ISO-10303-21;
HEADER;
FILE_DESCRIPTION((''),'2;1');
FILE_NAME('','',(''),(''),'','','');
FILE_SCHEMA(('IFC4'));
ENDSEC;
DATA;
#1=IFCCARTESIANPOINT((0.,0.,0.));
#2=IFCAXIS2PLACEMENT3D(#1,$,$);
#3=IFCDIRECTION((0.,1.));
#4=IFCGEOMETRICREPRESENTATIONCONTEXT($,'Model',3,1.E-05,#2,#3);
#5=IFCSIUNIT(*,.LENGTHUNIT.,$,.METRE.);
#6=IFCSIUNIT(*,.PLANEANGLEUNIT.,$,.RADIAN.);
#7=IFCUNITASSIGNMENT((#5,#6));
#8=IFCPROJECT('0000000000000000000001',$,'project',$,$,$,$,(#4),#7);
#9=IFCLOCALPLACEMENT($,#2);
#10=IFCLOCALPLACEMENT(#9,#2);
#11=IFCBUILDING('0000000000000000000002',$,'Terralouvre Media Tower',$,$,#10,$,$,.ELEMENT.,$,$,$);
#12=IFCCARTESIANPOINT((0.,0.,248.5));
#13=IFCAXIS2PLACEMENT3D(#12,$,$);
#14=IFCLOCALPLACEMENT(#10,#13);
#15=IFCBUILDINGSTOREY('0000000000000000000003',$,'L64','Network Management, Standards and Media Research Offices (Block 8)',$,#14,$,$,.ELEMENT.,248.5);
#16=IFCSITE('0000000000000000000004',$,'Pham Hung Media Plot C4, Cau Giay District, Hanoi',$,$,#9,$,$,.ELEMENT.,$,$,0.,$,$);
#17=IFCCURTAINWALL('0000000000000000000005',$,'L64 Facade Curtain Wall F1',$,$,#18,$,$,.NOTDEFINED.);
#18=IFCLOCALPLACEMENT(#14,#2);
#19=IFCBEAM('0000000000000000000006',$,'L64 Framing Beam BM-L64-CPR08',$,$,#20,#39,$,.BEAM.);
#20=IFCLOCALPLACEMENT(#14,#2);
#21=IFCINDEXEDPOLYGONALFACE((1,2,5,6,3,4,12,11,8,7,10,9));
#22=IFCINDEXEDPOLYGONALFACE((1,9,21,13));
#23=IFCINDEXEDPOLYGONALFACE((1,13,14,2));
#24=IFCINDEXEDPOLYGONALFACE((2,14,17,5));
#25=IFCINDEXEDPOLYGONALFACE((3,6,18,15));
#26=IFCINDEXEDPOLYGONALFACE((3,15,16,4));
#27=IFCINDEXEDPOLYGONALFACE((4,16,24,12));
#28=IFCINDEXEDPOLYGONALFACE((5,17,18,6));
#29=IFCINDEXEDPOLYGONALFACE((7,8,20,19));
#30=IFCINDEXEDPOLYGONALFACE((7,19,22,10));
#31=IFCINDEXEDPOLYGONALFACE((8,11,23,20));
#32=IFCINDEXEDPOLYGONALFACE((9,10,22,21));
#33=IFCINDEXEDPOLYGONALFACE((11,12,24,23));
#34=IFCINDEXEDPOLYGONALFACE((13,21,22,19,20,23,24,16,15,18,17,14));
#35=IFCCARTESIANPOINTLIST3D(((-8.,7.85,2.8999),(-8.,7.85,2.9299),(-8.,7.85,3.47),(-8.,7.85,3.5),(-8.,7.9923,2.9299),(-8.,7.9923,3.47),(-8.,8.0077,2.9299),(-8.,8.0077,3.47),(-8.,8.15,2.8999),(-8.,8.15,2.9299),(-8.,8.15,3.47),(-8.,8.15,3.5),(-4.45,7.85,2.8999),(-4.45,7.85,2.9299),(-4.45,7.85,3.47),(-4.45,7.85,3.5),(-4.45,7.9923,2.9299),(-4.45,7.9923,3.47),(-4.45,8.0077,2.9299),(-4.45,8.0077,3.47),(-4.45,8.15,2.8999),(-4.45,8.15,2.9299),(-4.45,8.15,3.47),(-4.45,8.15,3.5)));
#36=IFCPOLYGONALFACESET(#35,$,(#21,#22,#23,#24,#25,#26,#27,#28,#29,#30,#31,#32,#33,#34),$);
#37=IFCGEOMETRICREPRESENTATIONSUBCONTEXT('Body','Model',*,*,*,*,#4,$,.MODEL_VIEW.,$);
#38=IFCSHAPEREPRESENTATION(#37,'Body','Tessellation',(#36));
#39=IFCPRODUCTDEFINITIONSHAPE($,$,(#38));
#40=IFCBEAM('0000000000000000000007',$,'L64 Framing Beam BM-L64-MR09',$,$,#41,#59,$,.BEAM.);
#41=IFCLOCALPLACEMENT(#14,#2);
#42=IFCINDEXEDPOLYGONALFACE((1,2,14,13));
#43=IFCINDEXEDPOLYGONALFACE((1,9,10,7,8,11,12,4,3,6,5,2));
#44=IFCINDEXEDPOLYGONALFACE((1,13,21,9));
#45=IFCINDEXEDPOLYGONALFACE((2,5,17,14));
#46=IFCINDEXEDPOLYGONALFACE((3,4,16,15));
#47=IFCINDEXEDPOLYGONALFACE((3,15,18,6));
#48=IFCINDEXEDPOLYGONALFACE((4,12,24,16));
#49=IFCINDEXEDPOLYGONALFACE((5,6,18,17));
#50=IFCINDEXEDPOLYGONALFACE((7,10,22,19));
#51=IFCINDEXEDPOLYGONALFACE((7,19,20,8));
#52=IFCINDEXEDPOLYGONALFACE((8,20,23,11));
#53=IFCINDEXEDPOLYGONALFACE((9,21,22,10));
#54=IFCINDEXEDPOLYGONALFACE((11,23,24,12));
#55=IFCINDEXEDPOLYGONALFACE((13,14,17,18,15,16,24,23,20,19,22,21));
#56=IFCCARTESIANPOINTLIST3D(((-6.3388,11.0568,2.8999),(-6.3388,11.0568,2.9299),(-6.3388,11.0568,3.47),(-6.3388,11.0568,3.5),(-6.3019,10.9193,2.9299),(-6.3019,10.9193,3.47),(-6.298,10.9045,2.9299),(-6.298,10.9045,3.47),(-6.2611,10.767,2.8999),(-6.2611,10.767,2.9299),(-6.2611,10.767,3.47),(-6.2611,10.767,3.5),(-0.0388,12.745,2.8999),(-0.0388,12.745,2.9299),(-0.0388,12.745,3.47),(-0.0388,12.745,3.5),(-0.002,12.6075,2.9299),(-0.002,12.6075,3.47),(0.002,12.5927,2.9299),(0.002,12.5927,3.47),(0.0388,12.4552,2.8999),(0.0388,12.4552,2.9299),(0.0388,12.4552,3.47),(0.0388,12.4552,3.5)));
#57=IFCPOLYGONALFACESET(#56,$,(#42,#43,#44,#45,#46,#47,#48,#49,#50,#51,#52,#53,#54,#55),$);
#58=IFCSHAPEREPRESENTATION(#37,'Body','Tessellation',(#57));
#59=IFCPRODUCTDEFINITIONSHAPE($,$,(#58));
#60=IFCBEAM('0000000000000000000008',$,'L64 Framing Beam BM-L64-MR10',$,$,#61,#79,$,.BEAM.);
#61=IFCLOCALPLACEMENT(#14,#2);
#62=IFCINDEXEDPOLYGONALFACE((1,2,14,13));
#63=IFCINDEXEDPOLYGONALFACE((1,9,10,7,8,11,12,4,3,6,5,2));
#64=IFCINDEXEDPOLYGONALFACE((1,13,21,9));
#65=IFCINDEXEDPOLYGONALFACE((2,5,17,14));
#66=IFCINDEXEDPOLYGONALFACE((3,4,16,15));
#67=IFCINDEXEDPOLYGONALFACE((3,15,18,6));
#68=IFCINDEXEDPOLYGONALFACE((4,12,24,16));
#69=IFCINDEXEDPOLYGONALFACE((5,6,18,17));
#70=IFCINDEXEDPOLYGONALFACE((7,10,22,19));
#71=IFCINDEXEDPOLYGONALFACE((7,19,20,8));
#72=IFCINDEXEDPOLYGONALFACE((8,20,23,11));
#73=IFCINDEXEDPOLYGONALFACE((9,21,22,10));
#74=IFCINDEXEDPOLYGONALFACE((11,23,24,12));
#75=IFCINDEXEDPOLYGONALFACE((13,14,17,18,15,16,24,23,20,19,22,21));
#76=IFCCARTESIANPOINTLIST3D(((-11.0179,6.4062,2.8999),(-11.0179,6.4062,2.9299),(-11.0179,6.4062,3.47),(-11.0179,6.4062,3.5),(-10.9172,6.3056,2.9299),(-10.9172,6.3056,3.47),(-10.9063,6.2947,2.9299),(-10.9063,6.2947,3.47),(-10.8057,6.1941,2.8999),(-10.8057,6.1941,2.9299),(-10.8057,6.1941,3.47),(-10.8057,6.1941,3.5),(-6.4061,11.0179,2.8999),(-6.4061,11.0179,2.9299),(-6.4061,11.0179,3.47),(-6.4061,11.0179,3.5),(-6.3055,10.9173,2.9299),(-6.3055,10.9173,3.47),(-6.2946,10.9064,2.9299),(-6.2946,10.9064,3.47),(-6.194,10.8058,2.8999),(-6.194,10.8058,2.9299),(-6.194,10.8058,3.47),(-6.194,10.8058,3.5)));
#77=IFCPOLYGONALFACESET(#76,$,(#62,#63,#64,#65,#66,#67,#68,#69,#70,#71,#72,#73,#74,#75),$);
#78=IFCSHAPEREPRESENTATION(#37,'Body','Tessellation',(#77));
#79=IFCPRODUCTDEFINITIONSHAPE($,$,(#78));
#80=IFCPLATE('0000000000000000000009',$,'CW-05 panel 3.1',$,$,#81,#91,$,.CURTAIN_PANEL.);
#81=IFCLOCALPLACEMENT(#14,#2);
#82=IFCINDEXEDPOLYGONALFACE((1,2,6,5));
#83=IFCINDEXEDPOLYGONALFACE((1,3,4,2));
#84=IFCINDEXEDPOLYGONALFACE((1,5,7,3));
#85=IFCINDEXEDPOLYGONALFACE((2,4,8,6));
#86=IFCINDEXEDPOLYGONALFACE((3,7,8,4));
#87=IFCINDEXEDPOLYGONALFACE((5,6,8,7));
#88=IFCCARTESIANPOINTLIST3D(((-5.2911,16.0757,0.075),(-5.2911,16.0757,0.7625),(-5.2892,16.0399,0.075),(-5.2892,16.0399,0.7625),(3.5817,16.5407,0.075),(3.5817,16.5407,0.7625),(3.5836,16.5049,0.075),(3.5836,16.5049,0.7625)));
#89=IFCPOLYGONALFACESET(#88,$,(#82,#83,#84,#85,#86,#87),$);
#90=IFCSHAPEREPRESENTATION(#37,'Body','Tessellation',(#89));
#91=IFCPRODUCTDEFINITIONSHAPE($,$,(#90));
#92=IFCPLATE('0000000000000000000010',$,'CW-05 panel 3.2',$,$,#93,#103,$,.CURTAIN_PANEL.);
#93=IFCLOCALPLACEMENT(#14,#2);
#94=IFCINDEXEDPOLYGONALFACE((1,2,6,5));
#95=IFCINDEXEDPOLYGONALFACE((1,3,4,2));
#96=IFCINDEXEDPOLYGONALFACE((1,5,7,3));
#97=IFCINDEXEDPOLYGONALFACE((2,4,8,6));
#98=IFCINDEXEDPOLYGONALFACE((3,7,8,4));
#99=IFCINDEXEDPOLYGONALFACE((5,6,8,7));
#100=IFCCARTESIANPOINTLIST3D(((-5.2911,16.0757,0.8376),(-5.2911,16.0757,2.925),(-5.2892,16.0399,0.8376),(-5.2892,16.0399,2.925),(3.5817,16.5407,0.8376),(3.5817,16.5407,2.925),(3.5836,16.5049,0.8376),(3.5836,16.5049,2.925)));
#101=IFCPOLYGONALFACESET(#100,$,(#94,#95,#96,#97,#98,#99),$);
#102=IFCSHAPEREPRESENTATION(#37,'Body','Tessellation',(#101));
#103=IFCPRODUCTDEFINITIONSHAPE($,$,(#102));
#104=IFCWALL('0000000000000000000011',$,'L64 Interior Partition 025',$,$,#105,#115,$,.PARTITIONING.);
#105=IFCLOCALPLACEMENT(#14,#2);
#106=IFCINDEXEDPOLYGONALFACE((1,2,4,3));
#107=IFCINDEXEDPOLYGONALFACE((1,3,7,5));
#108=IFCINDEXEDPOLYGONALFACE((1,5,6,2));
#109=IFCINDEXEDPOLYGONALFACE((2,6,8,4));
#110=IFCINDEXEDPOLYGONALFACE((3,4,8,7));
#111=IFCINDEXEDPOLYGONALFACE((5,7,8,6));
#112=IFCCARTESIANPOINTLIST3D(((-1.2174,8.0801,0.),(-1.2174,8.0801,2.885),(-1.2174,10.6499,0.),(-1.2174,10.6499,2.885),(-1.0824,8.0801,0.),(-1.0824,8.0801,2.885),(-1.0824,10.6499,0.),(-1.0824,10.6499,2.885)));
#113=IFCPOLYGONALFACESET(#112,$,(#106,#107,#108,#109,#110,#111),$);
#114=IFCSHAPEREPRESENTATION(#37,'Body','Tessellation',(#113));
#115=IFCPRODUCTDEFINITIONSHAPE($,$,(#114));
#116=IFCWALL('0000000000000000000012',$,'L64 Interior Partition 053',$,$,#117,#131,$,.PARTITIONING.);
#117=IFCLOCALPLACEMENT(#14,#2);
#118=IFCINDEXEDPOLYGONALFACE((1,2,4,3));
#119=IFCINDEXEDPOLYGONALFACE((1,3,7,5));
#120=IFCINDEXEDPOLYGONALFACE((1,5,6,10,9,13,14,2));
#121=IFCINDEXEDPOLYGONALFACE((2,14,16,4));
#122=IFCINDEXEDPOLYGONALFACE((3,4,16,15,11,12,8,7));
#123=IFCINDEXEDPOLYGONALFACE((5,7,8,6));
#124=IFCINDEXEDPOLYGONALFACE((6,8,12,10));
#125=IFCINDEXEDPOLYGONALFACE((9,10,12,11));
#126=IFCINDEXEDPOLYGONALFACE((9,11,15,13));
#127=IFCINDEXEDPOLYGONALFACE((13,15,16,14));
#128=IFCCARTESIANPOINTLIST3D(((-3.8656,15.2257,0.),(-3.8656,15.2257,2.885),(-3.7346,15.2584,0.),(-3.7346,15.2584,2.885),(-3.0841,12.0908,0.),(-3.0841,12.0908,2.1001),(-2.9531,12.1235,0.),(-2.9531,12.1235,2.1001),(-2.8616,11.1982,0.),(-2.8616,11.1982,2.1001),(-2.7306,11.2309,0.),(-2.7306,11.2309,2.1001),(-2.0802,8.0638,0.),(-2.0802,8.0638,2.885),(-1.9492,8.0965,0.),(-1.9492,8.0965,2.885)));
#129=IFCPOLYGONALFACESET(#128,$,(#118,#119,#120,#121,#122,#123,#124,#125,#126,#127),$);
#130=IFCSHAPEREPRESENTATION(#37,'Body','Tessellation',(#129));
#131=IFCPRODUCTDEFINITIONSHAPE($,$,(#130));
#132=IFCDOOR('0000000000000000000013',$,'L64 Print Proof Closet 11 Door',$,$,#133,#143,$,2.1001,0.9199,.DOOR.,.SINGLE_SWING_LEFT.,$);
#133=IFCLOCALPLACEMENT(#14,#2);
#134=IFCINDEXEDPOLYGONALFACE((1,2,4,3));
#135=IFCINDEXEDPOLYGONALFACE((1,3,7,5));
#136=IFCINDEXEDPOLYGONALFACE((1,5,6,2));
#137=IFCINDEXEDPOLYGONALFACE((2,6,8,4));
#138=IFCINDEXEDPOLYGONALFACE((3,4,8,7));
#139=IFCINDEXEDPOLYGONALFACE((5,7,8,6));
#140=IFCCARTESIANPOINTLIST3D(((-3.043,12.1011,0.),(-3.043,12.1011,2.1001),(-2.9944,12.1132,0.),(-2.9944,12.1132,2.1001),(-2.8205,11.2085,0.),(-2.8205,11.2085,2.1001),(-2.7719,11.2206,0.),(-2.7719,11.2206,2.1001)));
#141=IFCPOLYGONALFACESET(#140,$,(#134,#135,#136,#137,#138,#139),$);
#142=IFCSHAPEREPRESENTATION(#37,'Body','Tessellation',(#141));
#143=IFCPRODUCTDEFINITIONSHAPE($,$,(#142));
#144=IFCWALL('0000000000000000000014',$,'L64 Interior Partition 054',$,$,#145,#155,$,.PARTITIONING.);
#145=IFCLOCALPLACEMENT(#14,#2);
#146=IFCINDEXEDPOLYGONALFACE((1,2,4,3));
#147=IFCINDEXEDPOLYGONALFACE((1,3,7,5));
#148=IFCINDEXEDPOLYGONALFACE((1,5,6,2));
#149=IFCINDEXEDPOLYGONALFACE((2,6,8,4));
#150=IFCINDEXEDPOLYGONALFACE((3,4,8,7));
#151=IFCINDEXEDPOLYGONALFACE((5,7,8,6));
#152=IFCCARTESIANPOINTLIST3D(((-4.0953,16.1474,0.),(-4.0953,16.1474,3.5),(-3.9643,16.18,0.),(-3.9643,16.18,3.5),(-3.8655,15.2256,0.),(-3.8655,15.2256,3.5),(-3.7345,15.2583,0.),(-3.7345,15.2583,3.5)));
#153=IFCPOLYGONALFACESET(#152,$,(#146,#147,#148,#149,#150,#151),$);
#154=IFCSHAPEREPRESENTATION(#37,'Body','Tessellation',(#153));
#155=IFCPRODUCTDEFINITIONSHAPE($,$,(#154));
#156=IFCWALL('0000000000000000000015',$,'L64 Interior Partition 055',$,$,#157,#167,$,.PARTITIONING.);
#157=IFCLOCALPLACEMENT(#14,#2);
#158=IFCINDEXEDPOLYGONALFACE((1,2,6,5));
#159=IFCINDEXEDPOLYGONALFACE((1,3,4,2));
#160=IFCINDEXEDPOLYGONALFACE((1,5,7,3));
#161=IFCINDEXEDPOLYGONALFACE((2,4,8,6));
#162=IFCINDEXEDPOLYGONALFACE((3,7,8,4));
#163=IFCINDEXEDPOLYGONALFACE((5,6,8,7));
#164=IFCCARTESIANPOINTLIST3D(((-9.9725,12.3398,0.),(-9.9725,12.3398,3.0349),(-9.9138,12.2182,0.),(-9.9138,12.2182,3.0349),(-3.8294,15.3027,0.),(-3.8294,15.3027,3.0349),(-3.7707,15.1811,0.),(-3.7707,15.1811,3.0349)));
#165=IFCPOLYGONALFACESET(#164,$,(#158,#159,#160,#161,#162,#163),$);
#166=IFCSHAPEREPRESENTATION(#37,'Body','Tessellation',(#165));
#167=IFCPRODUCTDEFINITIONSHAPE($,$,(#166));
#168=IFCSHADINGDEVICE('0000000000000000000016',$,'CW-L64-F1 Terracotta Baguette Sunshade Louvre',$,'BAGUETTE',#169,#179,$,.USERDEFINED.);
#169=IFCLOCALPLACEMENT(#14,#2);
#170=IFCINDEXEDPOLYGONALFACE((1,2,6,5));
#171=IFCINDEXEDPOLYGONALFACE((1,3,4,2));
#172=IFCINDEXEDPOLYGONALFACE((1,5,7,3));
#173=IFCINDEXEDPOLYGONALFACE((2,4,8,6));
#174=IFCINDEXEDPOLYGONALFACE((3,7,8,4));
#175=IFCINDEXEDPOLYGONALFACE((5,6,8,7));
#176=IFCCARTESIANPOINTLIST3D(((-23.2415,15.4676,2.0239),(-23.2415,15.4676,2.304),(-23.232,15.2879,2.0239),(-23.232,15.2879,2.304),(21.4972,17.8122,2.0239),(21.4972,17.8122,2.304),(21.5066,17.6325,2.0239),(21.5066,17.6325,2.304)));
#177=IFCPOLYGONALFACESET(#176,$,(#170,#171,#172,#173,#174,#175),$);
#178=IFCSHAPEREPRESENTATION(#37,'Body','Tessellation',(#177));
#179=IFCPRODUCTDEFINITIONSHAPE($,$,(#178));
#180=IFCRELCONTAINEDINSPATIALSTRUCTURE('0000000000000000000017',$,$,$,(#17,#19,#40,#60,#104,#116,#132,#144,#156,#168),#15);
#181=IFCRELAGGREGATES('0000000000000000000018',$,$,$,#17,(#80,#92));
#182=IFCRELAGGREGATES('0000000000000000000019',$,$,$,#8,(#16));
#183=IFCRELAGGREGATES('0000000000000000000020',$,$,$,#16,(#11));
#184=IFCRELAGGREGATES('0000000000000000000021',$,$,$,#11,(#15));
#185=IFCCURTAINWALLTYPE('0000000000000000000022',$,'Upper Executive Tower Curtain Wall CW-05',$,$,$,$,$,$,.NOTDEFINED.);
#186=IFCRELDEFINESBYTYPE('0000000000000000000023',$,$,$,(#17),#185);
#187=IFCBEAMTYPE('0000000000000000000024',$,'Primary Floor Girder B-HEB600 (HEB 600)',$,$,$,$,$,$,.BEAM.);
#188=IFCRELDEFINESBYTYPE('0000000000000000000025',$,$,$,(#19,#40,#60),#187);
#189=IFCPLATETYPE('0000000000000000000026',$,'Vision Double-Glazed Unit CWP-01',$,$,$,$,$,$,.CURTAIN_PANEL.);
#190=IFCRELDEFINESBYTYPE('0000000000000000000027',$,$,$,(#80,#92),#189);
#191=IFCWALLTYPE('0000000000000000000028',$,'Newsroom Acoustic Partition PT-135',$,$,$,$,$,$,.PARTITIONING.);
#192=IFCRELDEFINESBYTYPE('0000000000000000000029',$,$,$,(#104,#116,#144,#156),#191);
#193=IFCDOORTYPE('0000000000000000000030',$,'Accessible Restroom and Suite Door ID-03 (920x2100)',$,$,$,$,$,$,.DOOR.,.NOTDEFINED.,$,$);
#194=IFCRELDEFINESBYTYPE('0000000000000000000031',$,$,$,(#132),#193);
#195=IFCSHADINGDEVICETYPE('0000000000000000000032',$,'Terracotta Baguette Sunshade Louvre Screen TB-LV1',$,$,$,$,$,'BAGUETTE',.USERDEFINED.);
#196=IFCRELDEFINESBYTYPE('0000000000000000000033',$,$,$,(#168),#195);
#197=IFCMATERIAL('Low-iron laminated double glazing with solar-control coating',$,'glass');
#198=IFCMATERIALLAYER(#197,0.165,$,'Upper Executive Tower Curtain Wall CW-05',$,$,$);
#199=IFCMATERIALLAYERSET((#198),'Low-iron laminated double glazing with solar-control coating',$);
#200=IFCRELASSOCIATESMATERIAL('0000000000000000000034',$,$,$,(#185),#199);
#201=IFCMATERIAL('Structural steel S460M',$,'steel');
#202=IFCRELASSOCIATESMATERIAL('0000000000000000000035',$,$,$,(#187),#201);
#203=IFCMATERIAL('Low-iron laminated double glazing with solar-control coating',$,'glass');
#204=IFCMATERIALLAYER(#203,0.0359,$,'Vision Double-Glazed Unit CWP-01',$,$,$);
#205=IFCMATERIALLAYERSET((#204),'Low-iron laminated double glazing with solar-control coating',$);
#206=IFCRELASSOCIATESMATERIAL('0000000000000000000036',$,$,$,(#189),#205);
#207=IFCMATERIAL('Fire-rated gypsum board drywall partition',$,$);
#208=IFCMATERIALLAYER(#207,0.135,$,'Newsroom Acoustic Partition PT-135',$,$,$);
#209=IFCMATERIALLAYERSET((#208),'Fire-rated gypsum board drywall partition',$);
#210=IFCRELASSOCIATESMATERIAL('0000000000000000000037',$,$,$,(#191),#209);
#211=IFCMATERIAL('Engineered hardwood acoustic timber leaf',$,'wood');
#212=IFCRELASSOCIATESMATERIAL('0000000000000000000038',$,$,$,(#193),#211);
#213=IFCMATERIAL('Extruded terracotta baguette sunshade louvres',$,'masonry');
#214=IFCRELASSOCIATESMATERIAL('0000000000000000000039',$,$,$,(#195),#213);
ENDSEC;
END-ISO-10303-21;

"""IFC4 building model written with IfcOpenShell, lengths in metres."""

from ifc_helpers import new_model, si_unit, direction, frame, frame_2d, origin, origin_2d, place, context, subcontext, project, spatial, rectangle, i_section, extrude, material, layer, layer_set, material_profile, profile_set, type_object, element, fill, aggregate, save


model = new_model("IFC4")

# Units and contexts
model_context = context("Model", 3, precision=1e-05, world=origin(), true_north=direction((0.0, 1.0)))
body_context = subcontext(model_context, "Body", "Model", "MODEL_VIEW")
ifc_project = project(units=[si_unit("LENGTHUNIT", "METRE"), si_unit("PLANEANGLEUNIT", "RADIAN")], contexts=[model_context])

# Site, building, storey
site_placement = place(None, origin())
site = spatial("IfcSite", under=ifc_project, at=site_placement, Name="Pham Hung Media Plot C4, Cau Giay District, Hanoi", CompositionType="ELEMENT", RefElevation=0.0)
building_placement = place(site_placement, origin())
building = spatial("IfcBuilding", under=site, at=building_placement, Name="Terralouvre Media Tower", CompositionType="ELEMENT")
storey_placement = place(building_placement, frame((0.0, 0.0, 248.5)))
storey = spatial("IfcBuildingStorey", under=building, at=storey_placement, Name="L64", Description="Network Management, Standards and Media Research Offices (Block 8)", CompositionType="ELEMENT", Elevation=248.5)

# Curtain wall
ifc_material_1 = material(Name="Low-iron laminated double glazing with solar-control coating", Category="glass")
ifc_layer_1 = layer(ifc_material_1, 0.165, Name="Upper Executive Tower Curtain Wall CW-05")
ifc_layer_set_1 = layer_set([ifc_layer_1], Name="Low-iron laminated double glazing with solar-control coating")
curtain_wall_type = type_object("IfcCurtainWallType", Name="Upper Executive Tower Curtain Wall CW-05", PredefinedType="NOTDEFINED", material=ifc_layer_set_1)
curtain_wall_placement = place(storey_placement, origin())
curtain_wall = element("IfcCurtainWall", 1, at=curtain_wall_placement, inside=storey, type_object=curtain_wall_type, Name="L64 Facade Curtain Wall F1", PredefinedType="NOTDEFINED")

# Beams
ifc_material_2 = material(Name="Structural steel S460M", Category="steel")
ifc_material_profile_1 = material_profile(ifc_material_2, i_section(OverallWidth=0.3, OverallDepth=0.6001, WebThickness=0.0154, FlangeThickness=0.03, at=origin_2d()), Name="HEB 600")
ifc_profile_set_1 = profile_set([ifc_material_profile_1], Name="Structural steel S460M")
beam_type_1 = type_object("IfcBeamType", Name="Primary Floor Girder B-HEB600 (HEB 600)", PredefinedType="BEAM", material=ifc_profile_set_1)
beam_1_placement = place(storey_placement, frame((-4.45, 8.0, 3.2), z_axis=(-1.0, 0.0, 0.0), x_axis=(0.0, -1.0, 0.0)))
element("IfcBeam", 2, at=beam_1_placement, inside=storey, type_object=beam_type_1, Name="L64 Framing Beam BM-L64-CPR08", PredefinedType="BEAM", context=body_context, shape_type="SweptSolid", body=[
    extrude(i_section(OverallWidth=0.3, OverallDepth=0.6001, WebThickness=0.0154, FlangeThickness=0.03, at=origin_2d()), origin(), (0.0, 0.0, 1.0), 3.55),
])
beam_2_placement = place(storey_placement, frame((0.0, 12.6001, 3.2), z_axis=(-0.96592, -0.258839, 0.0), x_axis=(0.258839, -0.96592, 0.0)))
element("IfcBeam", 3, at=beam_2_placement, inside=storey, type_object=beam_type_1, Name="L64 Framing Beam BM-L64-MR09", PredefinedType="BEAM", context=body_context, shape_type="SweptSolid", body=[
    extrude(i_section(OverallWidth=0.3, OverallDepth=0.6001, WebThickness=0.0154, FlangeThickness=0.03, at=origin_2d()), origin(), (0.0, 0.0, 1.0), 6.5222),
])
beam_3_placement = place(storey_placement, frame((-6.3, 10.9119, 3.2), z_axis=(-0.707107, -0.707107, 0.0), x_axis=(0.707107, -0.707107, 0.0)))
element("IfcBeam", 4, at=beam_3_placement, inside=storey, type_object=beam_type_1, Name="L64 Framing Beam BM-L64-MR10", PredefinedType="BEAM", context=body_context, shape_type="SweptSolid", body=[
    extrude(i_section(OverallWidth=0.3, OverallDepth=0.6001, WebThickness=0.0154, FlangeThickness=0.03, at=origin_2d()), origin(), (0.0, 0.0, 1.0), 6.522),
])

# Plates
ifc_material_3 = material(Name="Low-iron laminated double glazing with solar-control coating", Category="glass")
ifc_layer_2 = layer(ifc_material_3, 0.0359, Name="Vision Double-Glazed Unit CWP-01")
ifc_layer_set_2 = layer_set([ifc_layer_2], Name="Low-iron laminated double glazing with solar-control coating")
plate_type = type_object("IfcPlateType", Name="Vision Double-Glazed Unit CWP-01", PredefinedType="CURTAIN_PANEL", material=ifc_layer_set_2)
plate_1_placement = place(storey_placement, frame((-0.8538, 16.2903, 0.075), z_axis=(0.0, 0.0, 1.0), x_axis=(-0.99863, -0.052336, 0.0)))
plate_1 = element("IfcPlate", 5, at=plate_1_placement, type_object=plate_type, Name="CW-05 panel 3.1", PredefinedType="CURTAIN_PANEL", context=body_context, shape_type="SweptSolid", body=[
    extrude(rectangle(XDim=8.885, YDim=0.0359, at=origin_2d()), origin(), (0.0, 0.0, 1.0), 0.6875),
])
plate_2_placement = place(storey_placement, frame((-0.8538, 16.2903, 0.8376), z_axis=(0.0, 0.0, 1.0), x_axis=(-0.99863, -0.052336, 0.0)))
plate_2 = element("IfcPlate", 6, at=plate_2_placement, type_object=plate_type, Name="CW-05 panel 3.2", PredefinedType="CURTAIN_PANEL", context=body_context, shape_type="SweptSolid", body=[
    extrude(rectangle(XDim=8.885, YDim=0.0359, at=origin_2d()), origin(), (0.0, 0.0, 1.0), 2.0874),
])
aggregate(curtain_wall, [plate_1, plate_2])

# Wall
ifc_material_4 = material(Name="Fire-rated gypsum board drywall partition")
ifc_layer_3 = layer(ifc_material_4, 0.135, Name="Newsroom Acoustic Partition PT-135")
ifc_layer_set_3 = layer_set([ifc_layer_3], Name="Fire-rated gypsum board drywall partition")
wall_type = type_object("IfcWallType", Name="Newsroom Acoustic Partition PT-135", PredefinedType="PARTITIONING", material=ifc_layer_set_3)
wall_1_placement = place(storey_placement, frame((-1.1499, 10.6499, 0.0), z_axis=(0.0, 0.0, 1.0), x_axis=(0.0, -1.0, 0.0)))
element("IfcWall", 7, at=wall_1_placement, inside=storey, type_object=wall_type, Name="L64 Interior Partition 025", PredefinedType="PARTITIONING", context=body_context, shape_type="SweptSolid", body=[
    extrude(rectangle(XDim=2.5698, YDim=0.135, at=frame_2d((1.2849, 0.0))), origin(), (0.0, 0.0, 1.0), 2.885),
])

# Wall, opening, door
wall_2_placement = place(storey_placement, frame((-3.8, 15.2419, 0.0), z_axis=(0.0, 0.0, 1.0), x_axis=(0.24189, -0.970304, 0.0)))
wall_2 = element("IfcWall", 8, at=wall_2_placement, inside=storey, type_object=wall_type, Name="L64 Interior Partition 053", PredefinedType="PARTITIONING", context=body_context, shape_type="SweptSolid", body=[
    extrude(rectangle(XDim=7.3811, YDim=0.135, at=frame_2d((3.6904, 0.0))), origin(), (0.0, 0.0, 1.0), 2.885),
])
opening_placement = place(wall_2_placement, frame((3.2307, 0.0, 0.0)))
opening = element("IfcOpeningElement", 9, at=opening_placement, cuts=wall_2, PredefinedType="OPENING", context=body_context, shape_type="SweptSolid", body=[
    extrude(rectangle(XDim=0.9199, YDim=2.1001, at=frame_2d((0.46, 1.05))), frame((0.0, 0.0774, 0.0), z_axis=(0.0, -1.0, 0.0), x_axis=(1.0, 0.0, 0.0)), (0.0, 0.0, 1.0), 0.155),
])
ifc_material_5 = material(Name="Engineered hardwood acoustic timber leaf", Category="wood")
door_type = type_object("IfcDoorType", Name="Accessible Restroom and Suite Door ID-03 (920x2100)", OperationType="NOTDEFINED", PredefinedType="DOOR", material=ifc_material_5)
door_placement = place(opening_placement, origin())
door = element("IfcDoor", 10, at=door_placement, inside=storey, type_object=door_type, Name="L64 Print Proof Closet 11 Door", OperationType="SINGLE_SWING_LEFT", OverallHeight=2.1001, OverallWidth=0.9199, PredefinedType="DOOR", context=body_context, shape_type="SweptSolid", body=[
    extrude(rectangle(XDim=0.9199, YDim=2.1001, at=frame_2d((0.46, 1.05))), frame((0.0, 0.0249, 0.0), z_axis=(0.0, -1.0, 0.0), x_axis=(1.0, 0.0, 0.0)), (0.0, 0.0, 1.0), 0.05),
])
fill(opening, door)

# Walls
wall_3_placement = place(storey_placement, frame((-4.0298, 16.1638, 0.0), z_axis=(0.0, 0.0, 1.0), x_axis=(0.24181, -0.970324, 0.0)))
element("IfcWall", 11, at=wall_3_placement, inside=storey, type_object=wall_type, Name="L64 Interior Partition 054", PredefinedType="PARTITIONING", context=body_context, shape_type="SweptSolid", body=[
    extrude(rectangle(XDim=0.95, YDim=0.135, at=frame_2d((0.4751, 0.0))), origin(), (0.0, 0.0, 1.0), 3.5),
])
wall_4_placement = place(storey_placement, frame((-3.8, 15.2419, 0.0), z_axis=(0.0, 0.0, 1.0), x_axis=(-0.900708, -0.434425, 0.0)))
element("IfcWall", 12, at=wall_4_placement, inside=storey, type_object=wall_type, Name="L64 Interior Partition 055", PredefinedType="PARTITIONING", context=body_context, shape_type="SweptSolid", body=[
    extrude(rectangle(XDim=6.8203, YDim=0.135, at=frame_2d((3.4102, 0.0))), origin(), (0.0, 0.0, 1.0), 3.0349),
])

# Shading device
ifc_material_6 = material(Name="Extruded terracotta baguette sunshade louvres", Category="masonry")
shading_device_type = type_object("IfcShadingDeviceType", Name="Terracotta Baguette Sunshade Louvre Screen TB-LV1", ElementType="BAGUETTE", PredefinedType="USERDEFINED", material=ifc_material_6)
shading_device_placement = place(storey_placement, frame((-0.8674, 16.55, 2.0239), z_axis=(0.0, 0.0, 1.0), x_axis=(-0.99863, -0.052336, 0.0)))
element("IfcShadingDevice", 13, at=shading_device_placement, inside=storey, type_object=shading_device_type, Name="CW-L64-F1 Terracotta Baguette Sunshade Louvre", ObjectType="BAGUETTE", PredefinedType="USERDEFINED", context=body_context, shape_type="SweptSolid", body=[
    extrude(rectangle(XDim=44.8, YDim=0.1799, at=origin_2d()), origin(), (0.0, 0.0, 1.0), 0.28),
])

save(model, "model.ifc")
